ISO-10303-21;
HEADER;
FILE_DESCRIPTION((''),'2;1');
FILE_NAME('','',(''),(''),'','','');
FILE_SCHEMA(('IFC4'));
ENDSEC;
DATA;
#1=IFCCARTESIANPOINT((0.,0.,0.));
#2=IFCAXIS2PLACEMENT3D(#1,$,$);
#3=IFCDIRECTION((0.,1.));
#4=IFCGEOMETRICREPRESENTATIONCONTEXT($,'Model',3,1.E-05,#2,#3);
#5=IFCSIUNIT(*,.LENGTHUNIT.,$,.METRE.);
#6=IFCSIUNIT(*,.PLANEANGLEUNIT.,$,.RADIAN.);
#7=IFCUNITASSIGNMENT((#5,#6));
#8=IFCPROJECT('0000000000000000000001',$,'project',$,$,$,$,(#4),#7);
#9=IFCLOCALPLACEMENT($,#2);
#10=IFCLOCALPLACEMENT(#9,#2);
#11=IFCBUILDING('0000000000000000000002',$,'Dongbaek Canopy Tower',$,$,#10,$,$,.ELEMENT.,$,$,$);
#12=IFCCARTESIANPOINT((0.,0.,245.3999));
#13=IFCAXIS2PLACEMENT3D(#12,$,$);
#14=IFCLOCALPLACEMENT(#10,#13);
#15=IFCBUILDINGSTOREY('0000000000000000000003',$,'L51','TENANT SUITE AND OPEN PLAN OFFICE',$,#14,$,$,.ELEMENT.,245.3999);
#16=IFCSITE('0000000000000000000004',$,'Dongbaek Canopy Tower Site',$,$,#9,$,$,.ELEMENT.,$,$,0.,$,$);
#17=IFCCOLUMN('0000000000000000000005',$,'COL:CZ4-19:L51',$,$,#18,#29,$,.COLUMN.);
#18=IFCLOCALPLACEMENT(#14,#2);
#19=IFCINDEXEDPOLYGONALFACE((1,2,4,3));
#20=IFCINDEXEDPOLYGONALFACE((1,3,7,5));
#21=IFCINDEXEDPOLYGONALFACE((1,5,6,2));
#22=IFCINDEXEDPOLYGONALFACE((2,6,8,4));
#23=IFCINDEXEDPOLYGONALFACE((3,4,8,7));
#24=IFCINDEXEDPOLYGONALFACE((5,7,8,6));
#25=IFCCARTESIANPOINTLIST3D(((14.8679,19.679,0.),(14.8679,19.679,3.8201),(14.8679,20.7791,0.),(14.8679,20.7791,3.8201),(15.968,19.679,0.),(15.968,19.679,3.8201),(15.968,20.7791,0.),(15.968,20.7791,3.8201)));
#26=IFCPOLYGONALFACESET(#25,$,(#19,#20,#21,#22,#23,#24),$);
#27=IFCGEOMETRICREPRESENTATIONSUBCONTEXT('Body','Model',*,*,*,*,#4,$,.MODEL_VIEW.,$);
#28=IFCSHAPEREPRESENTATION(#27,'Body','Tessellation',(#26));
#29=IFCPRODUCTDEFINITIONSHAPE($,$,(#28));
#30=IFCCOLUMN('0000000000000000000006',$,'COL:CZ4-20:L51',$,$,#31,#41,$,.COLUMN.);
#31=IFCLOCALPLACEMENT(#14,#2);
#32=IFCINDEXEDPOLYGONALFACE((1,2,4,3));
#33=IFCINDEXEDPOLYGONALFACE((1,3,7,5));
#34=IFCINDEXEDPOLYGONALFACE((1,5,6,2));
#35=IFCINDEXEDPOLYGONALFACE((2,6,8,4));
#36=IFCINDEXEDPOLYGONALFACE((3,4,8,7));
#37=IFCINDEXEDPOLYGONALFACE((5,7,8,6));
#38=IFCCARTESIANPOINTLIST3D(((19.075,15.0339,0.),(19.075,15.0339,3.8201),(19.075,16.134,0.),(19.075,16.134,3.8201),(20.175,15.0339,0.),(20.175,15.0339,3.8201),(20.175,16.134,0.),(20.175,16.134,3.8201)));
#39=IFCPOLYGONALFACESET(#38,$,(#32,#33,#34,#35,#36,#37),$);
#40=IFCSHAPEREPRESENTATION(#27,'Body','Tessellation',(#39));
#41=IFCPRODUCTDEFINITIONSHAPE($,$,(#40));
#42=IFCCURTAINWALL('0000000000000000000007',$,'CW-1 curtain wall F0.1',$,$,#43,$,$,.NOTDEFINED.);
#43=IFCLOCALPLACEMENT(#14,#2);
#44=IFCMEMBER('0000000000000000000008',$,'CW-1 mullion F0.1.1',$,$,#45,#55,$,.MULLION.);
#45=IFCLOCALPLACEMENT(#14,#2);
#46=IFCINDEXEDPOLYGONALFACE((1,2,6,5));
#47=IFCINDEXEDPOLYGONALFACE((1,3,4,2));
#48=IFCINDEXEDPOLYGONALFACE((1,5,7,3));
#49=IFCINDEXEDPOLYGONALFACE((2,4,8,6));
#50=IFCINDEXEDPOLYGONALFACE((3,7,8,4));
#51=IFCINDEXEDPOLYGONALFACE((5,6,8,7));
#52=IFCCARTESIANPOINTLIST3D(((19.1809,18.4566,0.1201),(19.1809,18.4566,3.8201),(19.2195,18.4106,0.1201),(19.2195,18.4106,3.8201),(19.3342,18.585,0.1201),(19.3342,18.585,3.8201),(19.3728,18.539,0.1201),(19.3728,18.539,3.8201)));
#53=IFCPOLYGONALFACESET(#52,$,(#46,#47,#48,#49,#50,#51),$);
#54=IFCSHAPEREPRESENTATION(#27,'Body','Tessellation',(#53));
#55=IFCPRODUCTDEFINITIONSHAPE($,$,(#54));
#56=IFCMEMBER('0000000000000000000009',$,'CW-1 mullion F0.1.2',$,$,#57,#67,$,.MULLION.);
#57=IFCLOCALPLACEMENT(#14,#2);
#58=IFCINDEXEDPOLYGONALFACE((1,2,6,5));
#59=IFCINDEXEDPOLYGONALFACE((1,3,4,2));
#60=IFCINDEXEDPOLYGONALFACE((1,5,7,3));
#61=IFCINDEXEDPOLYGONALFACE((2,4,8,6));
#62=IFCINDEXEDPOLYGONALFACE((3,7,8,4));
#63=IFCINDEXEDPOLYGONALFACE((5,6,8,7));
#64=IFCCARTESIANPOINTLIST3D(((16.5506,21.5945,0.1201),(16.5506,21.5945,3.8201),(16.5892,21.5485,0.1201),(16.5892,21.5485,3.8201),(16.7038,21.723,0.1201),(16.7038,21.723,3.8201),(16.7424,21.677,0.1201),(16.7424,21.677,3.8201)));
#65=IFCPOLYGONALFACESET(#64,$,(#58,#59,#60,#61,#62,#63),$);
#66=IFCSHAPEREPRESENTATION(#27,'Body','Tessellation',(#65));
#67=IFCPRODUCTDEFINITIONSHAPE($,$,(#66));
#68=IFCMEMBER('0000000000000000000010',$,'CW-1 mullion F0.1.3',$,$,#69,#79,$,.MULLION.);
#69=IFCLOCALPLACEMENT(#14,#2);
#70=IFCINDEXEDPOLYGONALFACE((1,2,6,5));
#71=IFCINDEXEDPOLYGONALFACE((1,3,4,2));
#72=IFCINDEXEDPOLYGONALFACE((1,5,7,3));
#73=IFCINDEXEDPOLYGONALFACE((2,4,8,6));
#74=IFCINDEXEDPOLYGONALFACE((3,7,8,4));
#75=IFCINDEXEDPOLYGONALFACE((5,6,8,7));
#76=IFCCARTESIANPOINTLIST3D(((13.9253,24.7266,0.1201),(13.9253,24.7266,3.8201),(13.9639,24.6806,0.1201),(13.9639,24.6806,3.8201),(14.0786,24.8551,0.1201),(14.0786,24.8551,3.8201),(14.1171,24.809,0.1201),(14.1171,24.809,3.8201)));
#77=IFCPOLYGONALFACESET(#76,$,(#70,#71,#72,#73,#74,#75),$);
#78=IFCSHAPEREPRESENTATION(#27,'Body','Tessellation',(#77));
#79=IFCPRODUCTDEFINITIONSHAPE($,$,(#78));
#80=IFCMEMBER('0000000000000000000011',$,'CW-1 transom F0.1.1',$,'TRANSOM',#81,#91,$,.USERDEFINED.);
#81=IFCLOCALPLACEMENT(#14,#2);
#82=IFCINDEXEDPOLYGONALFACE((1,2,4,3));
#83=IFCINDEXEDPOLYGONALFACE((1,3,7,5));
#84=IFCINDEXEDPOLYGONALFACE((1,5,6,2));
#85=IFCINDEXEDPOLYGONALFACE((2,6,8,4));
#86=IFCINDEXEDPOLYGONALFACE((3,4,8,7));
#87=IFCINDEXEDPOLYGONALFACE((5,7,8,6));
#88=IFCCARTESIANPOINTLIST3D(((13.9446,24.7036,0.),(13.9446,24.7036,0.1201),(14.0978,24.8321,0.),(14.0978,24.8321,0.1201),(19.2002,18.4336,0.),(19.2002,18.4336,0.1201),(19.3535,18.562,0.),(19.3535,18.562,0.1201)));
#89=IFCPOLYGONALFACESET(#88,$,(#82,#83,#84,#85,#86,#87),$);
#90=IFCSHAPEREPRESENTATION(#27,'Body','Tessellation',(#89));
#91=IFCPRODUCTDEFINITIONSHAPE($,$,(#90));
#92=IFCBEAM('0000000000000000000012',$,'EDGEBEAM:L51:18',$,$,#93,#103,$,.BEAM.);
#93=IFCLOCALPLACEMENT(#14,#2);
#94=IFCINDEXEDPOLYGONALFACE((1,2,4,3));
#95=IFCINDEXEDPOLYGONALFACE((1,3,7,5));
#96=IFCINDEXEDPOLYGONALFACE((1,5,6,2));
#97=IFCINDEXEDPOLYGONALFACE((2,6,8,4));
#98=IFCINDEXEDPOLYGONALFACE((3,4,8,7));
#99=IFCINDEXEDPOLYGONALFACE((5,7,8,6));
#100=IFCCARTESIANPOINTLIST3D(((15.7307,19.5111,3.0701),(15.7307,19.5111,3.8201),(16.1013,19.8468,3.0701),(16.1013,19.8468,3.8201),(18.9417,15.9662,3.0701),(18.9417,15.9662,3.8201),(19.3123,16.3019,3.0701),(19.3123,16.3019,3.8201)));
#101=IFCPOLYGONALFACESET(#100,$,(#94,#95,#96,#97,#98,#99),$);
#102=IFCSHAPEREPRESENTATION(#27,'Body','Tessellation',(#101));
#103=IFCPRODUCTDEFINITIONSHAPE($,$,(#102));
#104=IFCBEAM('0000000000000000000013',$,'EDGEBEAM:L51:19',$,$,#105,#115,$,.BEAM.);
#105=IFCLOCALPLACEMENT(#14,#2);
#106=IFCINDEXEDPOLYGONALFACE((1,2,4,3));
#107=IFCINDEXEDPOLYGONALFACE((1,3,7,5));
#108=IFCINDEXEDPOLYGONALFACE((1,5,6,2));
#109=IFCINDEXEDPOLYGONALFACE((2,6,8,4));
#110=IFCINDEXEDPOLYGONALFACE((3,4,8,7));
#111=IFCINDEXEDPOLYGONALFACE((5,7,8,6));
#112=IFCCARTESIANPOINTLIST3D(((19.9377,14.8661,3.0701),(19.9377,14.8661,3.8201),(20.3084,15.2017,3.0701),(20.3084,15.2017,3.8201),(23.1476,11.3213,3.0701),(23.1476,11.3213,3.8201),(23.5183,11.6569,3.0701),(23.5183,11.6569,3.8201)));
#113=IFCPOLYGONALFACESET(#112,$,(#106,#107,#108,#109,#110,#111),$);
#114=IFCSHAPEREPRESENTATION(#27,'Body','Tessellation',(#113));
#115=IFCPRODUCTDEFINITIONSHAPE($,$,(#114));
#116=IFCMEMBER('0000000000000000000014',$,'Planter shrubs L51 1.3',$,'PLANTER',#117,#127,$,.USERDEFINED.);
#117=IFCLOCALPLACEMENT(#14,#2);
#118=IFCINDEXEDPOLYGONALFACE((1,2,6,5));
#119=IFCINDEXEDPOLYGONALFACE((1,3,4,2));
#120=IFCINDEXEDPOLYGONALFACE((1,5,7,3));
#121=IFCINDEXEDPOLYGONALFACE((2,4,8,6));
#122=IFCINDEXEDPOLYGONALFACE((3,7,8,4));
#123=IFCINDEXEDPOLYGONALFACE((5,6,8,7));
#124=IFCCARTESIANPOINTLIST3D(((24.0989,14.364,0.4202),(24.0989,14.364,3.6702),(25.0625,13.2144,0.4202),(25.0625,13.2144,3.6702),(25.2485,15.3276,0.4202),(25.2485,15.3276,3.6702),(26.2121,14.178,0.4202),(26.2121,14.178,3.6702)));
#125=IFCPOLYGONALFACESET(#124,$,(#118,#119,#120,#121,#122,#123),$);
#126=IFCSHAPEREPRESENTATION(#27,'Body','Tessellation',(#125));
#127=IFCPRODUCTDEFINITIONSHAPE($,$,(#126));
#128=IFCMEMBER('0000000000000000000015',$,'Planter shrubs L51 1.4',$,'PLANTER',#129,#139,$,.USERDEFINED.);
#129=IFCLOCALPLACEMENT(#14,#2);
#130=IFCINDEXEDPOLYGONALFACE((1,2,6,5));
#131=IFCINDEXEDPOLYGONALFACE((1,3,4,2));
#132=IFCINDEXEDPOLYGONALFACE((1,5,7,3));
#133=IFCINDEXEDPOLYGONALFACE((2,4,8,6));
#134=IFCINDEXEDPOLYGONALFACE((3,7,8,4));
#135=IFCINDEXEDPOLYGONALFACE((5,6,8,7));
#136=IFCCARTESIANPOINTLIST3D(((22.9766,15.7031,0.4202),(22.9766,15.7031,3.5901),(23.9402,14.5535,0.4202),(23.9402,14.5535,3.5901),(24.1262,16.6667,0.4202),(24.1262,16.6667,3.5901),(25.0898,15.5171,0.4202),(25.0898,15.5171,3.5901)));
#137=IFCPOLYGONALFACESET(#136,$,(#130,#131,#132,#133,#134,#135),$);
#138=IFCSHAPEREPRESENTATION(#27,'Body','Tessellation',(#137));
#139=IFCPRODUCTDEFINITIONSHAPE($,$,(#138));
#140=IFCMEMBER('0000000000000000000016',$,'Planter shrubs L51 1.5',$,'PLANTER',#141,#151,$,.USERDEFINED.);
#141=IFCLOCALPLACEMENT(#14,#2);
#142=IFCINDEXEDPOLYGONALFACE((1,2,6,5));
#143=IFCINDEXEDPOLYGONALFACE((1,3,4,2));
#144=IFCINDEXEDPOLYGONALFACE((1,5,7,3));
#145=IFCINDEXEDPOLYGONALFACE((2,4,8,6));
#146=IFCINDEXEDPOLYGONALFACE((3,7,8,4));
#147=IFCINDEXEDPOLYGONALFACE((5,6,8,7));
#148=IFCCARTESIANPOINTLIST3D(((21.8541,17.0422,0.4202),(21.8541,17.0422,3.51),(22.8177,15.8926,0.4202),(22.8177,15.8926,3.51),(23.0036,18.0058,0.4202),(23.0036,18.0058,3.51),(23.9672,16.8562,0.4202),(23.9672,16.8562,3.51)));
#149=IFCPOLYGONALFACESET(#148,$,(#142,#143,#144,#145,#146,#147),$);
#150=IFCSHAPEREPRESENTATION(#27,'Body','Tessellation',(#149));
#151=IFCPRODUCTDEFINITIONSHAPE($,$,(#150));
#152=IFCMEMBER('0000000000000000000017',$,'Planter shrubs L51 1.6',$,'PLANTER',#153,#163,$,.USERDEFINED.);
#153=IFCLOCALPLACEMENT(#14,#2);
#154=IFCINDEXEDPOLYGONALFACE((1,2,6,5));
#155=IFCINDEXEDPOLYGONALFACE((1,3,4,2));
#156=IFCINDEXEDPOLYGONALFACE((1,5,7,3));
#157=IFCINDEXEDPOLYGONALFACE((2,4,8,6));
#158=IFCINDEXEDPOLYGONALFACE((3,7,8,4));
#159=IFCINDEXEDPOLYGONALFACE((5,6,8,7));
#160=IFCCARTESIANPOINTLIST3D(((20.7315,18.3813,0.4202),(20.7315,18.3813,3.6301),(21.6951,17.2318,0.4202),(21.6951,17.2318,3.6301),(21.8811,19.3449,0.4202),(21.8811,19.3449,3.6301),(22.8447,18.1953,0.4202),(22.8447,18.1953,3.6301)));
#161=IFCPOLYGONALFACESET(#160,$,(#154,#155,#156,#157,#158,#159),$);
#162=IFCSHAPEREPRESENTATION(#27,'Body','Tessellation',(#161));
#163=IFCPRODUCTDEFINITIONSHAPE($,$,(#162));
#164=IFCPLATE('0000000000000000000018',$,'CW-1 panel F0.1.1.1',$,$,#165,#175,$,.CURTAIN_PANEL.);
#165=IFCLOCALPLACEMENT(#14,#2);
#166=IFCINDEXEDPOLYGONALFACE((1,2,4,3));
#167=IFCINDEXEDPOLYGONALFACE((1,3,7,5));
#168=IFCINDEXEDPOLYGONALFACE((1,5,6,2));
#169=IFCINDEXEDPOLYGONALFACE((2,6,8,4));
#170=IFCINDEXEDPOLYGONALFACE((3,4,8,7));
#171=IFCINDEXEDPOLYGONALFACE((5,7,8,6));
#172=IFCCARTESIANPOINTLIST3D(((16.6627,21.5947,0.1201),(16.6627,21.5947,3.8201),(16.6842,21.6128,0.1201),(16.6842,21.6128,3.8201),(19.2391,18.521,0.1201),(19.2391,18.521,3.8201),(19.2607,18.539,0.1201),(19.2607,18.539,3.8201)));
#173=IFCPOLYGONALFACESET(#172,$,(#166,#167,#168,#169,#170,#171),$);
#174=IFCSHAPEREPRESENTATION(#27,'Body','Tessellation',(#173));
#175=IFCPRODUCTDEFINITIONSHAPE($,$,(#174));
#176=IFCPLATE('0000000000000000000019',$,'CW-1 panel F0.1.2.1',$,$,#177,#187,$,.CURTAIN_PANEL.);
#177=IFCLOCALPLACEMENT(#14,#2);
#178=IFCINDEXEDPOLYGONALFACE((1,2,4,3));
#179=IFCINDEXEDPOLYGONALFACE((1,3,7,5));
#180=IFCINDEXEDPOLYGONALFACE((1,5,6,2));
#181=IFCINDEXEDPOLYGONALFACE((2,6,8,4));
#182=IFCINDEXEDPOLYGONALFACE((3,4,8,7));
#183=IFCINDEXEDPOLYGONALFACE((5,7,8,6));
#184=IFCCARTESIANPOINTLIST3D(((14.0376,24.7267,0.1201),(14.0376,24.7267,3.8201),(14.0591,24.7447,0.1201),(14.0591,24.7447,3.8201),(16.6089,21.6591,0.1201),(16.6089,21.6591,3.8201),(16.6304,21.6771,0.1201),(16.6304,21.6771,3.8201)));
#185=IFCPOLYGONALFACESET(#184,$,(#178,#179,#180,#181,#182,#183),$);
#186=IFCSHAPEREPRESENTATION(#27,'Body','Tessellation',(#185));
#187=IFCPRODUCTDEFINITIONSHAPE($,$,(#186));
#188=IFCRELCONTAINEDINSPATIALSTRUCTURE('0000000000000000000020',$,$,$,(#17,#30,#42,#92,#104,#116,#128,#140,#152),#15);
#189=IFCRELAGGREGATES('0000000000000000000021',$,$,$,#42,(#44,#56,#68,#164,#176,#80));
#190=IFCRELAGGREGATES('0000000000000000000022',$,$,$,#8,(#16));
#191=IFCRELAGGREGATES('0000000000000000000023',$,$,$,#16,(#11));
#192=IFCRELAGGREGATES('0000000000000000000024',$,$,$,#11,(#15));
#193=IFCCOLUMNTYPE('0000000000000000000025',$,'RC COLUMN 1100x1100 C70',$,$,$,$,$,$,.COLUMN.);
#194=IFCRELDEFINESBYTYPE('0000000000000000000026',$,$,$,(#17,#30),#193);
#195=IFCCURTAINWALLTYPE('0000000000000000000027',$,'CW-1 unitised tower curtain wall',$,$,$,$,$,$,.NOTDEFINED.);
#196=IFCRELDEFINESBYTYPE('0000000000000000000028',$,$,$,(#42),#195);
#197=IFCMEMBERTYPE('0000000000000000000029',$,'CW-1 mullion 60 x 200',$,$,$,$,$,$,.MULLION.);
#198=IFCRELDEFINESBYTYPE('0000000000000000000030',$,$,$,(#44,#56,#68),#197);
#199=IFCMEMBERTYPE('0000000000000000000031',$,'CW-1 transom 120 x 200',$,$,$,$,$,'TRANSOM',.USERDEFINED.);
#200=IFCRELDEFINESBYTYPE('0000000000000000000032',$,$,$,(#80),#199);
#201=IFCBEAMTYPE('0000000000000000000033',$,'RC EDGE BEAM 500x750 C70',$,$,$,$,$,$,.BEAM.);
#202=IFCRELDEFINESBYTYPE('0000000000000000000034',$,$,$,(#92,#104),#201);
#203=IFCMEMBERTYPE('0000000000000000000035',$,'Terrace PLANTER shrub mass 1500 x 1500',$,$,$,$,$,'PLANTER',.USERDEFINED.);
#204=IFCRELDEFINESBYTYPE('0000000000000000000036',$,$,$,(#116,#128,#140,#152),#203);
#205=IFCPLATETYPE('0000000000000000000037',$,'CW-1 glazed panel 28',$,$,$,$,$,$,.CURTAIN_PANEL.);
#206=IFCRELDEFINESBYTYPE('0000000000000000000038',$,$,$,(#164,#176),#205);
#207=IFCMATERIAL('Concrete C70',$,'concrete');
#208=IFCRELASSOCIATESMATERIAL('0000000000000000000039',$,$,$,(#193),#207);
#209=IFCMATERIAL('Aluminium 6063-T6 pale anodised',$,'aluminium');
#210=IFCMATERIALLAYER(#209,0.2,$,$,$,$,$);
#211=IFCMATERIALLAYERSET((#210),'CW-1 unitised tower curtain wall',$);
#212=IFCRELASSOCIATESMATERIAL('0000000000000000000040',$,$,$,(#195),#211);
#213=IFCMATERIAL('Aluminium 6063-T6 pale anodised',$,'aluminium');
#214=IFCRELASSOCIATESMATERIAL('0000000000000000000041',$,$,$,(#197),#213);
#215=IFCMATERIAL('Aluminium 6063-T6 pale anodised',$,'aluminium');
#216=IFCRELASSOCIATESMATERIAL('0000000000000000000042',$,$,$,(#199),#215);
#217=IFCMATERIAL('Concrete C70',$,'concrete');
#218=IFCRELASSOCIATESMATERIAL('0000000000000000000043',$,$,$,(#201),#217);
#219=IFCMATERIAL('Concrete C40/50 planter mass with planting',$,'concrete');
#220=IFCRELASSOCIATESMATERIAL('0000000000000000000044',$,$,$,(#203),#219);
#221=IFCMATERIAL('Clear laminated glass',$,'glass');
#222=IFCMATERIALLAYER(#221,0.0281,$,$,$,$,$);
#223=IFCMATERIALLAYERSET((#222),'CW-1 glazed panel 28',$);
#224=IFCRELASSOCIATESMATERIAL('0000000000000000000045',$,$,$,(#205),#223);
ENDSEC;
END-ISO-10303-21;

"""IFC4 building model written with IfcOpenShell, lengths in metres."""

from ifc_helpers import new_model, si_unit, direction, frame, origin, origin_2d, place, context, subcontext, project, spatial, rectangle, extrude, material, layer, layer_set, material_profile, profile_set, type_object, element, aggregate, save


model = new_model("IFC4")

# Units and contexts
model_context = context("Model", 3, precision=1e-05, world=origin(), true_north=direction((0.0, 1.0)))
body_context = subcontext(model_context, "Body", "Model", "MODEL_VIEW")
ifc_project = project(units=[si_unit("LENGTHUNIT", "METRE"), si_unit("PLANEANGLEUNIT", "RADIAN")], contexts=[model_context])

# Site, building, storey
site_placement = place(None, origin())
site = spatial("IfcSite", under=ifc_project, at=site_placement, Name="Dongbaek Canopy Tower Site", CompositionType="ELEMENT", RefElevation=0.0)
building_placement = place(site_placement, origin())
building = spatial("IfcBuilding", under=site, at=building_placement, Name="Dongbaek Canopy Tower", CompositionType="ELEMENT")
storey_placement = place(building_placement, frame((0.0, 0.0, 245.3999)))
storey = spatial("IfcBuildingStorey", under=building, at=storey_placement, Name="L51", Description="TENANT SUITE AND OPEN PLAN OFFICE", CompositionType="ELEMENT", Elevation=245.3999)

# Columns
ifc_material_1 = material(Name="Concrete C70", Category="concrete")
ifc_material_profile_1 = material_profile(ifc_material_1, rectangle(XDim=1.1001, YDim=1.1001, at=origin_2d()), Name="RC COLUMN 1100x1100 C70")
ifc_profile_set_1 = profile_set([ifc_material_profile_1], Name="Concrete C70")
column_type = type_object("IfcColumnType", Name="RC COLUMN 1100x1100 C70", PredefinedType="COLUMN", material=ifc_profile_set_1)
for number, where, z_axis, x_axis, name in (
    (1, (15.418, 20.229, 0.0), (0.0, 0.0, 1.0), (1.0, 0.0, 0.0), "COL:CZ4-19:L51"),
    (2, (19.625, 15.584, 0.0), (0.0, 0.0, 1.0), (1.0, 0.0, 0.0), "COL:CZ4-20:L51"),
):
    element("IfcColumn", number, at=place(storey_placement, frame(where, z_axis=z_axis, x_axis=x_axis)), inside=storey, type_object=column_type, Name=name, PredefinedType="COLUMN", context=body_context, shape_type="SweptSolid", body=[
        extrude(rectangle(XDim=1.1001, YDim=1.1001, at=origin_2d()), origin(), (0.0, 0.0, 1.0), 3.8201),
    ])

# Curtain wall, members
ifc_material_2 = material(Name="Aluminium 6063-T6 pale anodised", Category="aluminium")
ifc_layer_1 = layer(ifc_material_2, 0.2)
ifc_layer_set_1 = layer_set([ifc_layer_1], Name="CW-1 unitised tower curtain wall")
curtain_wall_type = type_object("IfcCurtainWallType", Name="CW-1 unitised tower curtain wall", PredefinedType="NOTDEFINED", material=ifc_layer_set_1)
curtain_wall_1_placement = place(storey_placement, origin())
curtain_wall_1 = element("IfcCurtainWall", 3, at=curtain_wall_1_placement, inside=storey, type_object=curtain_wall_type, Name="CW-1 curtain wall F0.1", PredefinedType="NOTDEFINED")
ifc_material_3 = material(Name="Aluminium 6063-T6 pale anodised", Category="aluminium")
ifc_material_profile_2 = material_profile(ifc_material_3, rectangle(XDim=0.2, YDim=0.0601, at=origin_2d()), Name="CW-1 mullion 60 x 200")
ifc_profile_set_2 = profile_set([ifc_material_profile_2], Name="Aluminium 6063-T6 pale anodised")
member_type_1 = type_object("IfcMemberType", Name="CW-1 mullion 60 x 200", PredefinedType="MULLION", material=ifc_profile_set_2)
member_1_placement = place(storey_placement, frame((19.2769, 18.4978, 0.1201), z_axis=(0.0, 0.0, 1.0), x_axis=(0.766375, 0.642393, 0.0)))
member_1 = element("IfcMember", 4, at=member_1_placement, type_object=member_type_1, Name="CW-1 mullion F0.1.1", PredefinedType="MULLION", context=body_context, shape_type="SweptSolid", body=[
    extrude(rectangle(XDim=0.2, YDim=0.0601, at=origin_2d()), origin(), (0.0, 0.0, 1.0), 3.7),
])
member_2_placement = place(storey_placement, frame((16.6465, 21.6357, 0.1201), z_axis=(0.0, 0.0, 1.0), x_axis=(0.766375, 0.642393, 0.0)))
member_2 = element("IfcMember", 5, at=member_2_placement, type_object=member_type_1, Name="CW-1 mullion F0.1.2", PredefinedType="MULLION", context=body_context, shape_type="SweptSolid", body=[
    extrude(rectangle(XDim=0.2, YDim=0.0601, at=origin_2d()), origin(), (0.0, 0.0, 1.0), 3.7),
])
member_3_placement = place(storey_placement, frame((14.0212, 24.7678, 0.1201), z_axis=(0.0, 0.0, 1.0), x_axis=(0.766375, 0.642393, 0.0)))
member_3 = element("IfcMember", 6, at=member_3_placement, type_object=member_type_1, Name="CW-1 mullion F0.1.3", PredefinedType="MULLION", context=body_context, shape_type="SweptSolid", body=[
    extrude(rectangle(XDim=0.2, YDim=0.0601, at=origin_2d()), origin(), (0.0, 0.0, 1.0), 3.7),
])
ifc_material_4 = material(Name="Aluminium 6063-T6 pale anodised", Category="aluminium")
ifc_material_profile_3 = material_profile(ifc_material_4, rectangle(XDim=0.2, YDim=0.1201, at=origin_2d()), Name="CW-1 transom 120 x 200")
ifc_profile_set_3 = profile_set([ifc_material_profile_3], Name="Aluminium 6063-T6 pale anodised")
member_type_2 = type_object("IfcMemberType", Name="CW-1 transom 120 x 200", ElementType="TRANSOM", PredefinedType="USERDEFINED", material=ifc_profile_set_3)
member_4_placement = place(storey_placement, frame((19.2769, 18.4978, 0.0601), z_axis=(-0.642389, 0.766379, 0.0), x_axis=(-0.766379, -0.642389, 0.0)))
member_4 = element("IfcMember", 7, at=member_4_placement, type_object=member_type_2, Name="CW-1 transom F0.1.1", ObjectType="TRANSOM", PredefinedType="USERDEFINED", context=body_context, shape_type="SweptSolid", body=[
    extrude(rectangle(XDim=0.2, YDim=0.1201, at=origin_2d()), origin(), (0.0, 0.0, 1.0), 8.1814),
])

# Beams
ifc_material_5 = material(Name="Concrete C70", Category="concrete")
ifc_material_profile_4 = material_profile(ifc_material_5, rectangle(XDim=0.5, YDim=0.75, at=origin_2d()), Name="RC EDGE BEAM 500x750 C70")
ifc_profile_set_4 = profile_set([ifc_material_profile_4], Name="Concrete C70")
beam_type = type_object("IfcBeamType", Name="RC EDGE BEAM 500x750 C70", PredefinedType="BEAM", material=ifc_profile_set_4)
beam_1_placement = place(storey_placement, frame((15.916, 19.679, 3.4451), z_axis=(0.67133, -0.741158, 0.0), x_axis=(0.741158, 0.67133, 0.0)))
element("IfcBeam", 8, at=beam_1_placement, inside=storey, type_object=beam_type, Name="EDGEBEAM:L51:18", PredefinedType="BEAM", context=body_context, shape_type="SweptSolid", body=[
    extrude(rectangle(XDim=0.5, YDim=0.75, at=origin_2d()), origin(), (0.0, 0.0, 1.0), 4.783),
])
beam_2_placement = place(storey_placement, frame((20.123, 15.0339, 3.4451), z_axis=(0.671218, -0.74126, 0.0), x_axis=(0.74126, 0.671218, 0.0)))
element("IfcBeam", 9, at=beam_2_placement, inside=storey, type_object=beam_type, Name="EDGEBEAM:L51:19", PredefinedType="BEAM", context=body_context, shape_type="SweptSolid", body=[
    extrude(rectangle(XDim=0.5, YDim=0.75, at=origin_2d()), origin(), (0.0, 0.0, 1.0), 4.7822),
])

# Members
ifc_material_6 = material(Name="Concrete C40/50 planter mass with planting", Category="concrete")
ifc_material_profile_5 = material_profile(ifc_material_6, rectangle(XDim=1.5, YDim=1.5, at=origin_2d()), Name="Terrace PLANTER shrub mass 1500 x 1500")
ifc_profile_set_5 = profile_set([ifc_material_profile_5], Name="Concrete C40/50 planter mass with planting")
member_type_3 = type_object("IfcMemberType", Name="Terrace PLANTER shrub mass 1500 x 1500", ElementType="PLANTER", PredefinedType="USERDEFINED", material=ifc_profile_set_5)
member_5_placement = place(storey_placement, frame((25.1555, 14.271, 0.4202), z_axis=(0.0, 0.0, 1.0), x_axis=(0.766375, 0.642393, 0.0)))
element("IfcMember", 10, at=member_5_placement, inside=storey, type_object=member_type_3, Name="Planter shrubs L51 1.3", ObjectType="PLANTER", PredefinedType="USERDEFINED", context=body_context, shape_type="SweptSolid", body=[
    extrude(rectangle(XDim=1.5, YDim=1.5, at=origin_2d()), origin(), (0.0, 0.0, 1.0), 3.25),
])
member_6_placement = place(storey_placement, frame((24.0332, 15.6101, 0.4202), z_axis=(0.0, 0.0, 1.0), x_axis=(0.766375, 0.642393, 0.0)))
element("IfcMember", 11, at=member_6_placement, inside=storey, type_object=member_type_3, Name="Planter shrubs L51 1.4", ObjectType="PLANTER", PredefinedType="USERDEFINED", context=body_context, shape_type="SweptSolid", body=[
    extrude(rectangle(XDim=1.5, YDim=1.5, at=origin_2d()), origin(), (0.0, 0.0, 1.0), 3.1699),
])
member_7_placement = place(storey_placement, frame((22.9106, 16.9492, 0.4202), z_axis=(0.0, 0.0, 1.0), x_axis=(0.766375, 0.642393, 0.0)))
element("IfcMember", 12, at=member_7_placement, inside=storey, type_object=member_type_3, Name="Planter shrubs L51 1.5", ObjectType="PLANTER", PredefinedType="USERDEFINED", context=body_context, shape_type="SweptSolid", body=[
    extrude(rectangle(XDim=1.5, YDim=1.5, at=origin_2d()), origin(), (0.0, 0.0, 1.0), 3.0898),
])
member_8_placement = place(storey_placement, frame((21.7881, 18.2883, 0.4202), z_axis=(0.0, 0.0, 1.0), x_axis=(0.766375, 0.642393, 0.0)))
element("IfcMember", 13, at=member_8_placement, inside=storey, type_object=member_type_3, Name="Planter shrubs L51 1.6", ObjectType="PLANTER", PredefinedType="USERDEFINED", context=body_context, shape_type="SweptSolid", body=[
    extrude(rectangle(XDim=1.5, YDim=1.5, at=origin_2d()), origin(), (0.0, 0.0, 1.0), 3.21),
])

# Plates
ifc_material_7 = material(Name="Clear laminated glass", Category="glass")
ifc_layer_2 = layer(ifc_material_7, 0.0281)
ifc_layer_set_2 = layer_set([ifc_layer_2], Name="CW-1 glazed panel 28")
plate_type = type_object("IfcPlateType", Name="CW-1 glazed panel 28", PredefinedType="CURTAIN_PANEL", material=ifc_layer_set_2)
plate_1_placement = place(storey_placement, frame((17.9617, 20.0669, 0.1201), z_axis=(0.0, 0.0, 1.0), x_axis=(-0.642393, 0.766375, 0.0)))
plate_1 = element("IfcPlate", 14, at=plate_1_placement, type_object=plate_type, Name="CW-1 panel F0.1.1.1", PredefinedType="CURTAIN_PANEL", context=body_context, shape_type="SweptSolid", body=[
    extrude(rectangle(XDim=4.0107, YDim=0.0281, at=origin_2d()), origin(), (0.0, 0.0, 1.0), 3.7),
])
plate_2_placement = place(storey_placement, frame((15.334, 23.2019, 0.1201), z_axis=(0.0, 0.0, 1.0), x_axis=(-0.642393, 0.766375, 0.0)))
plate_2 = element("IfcPlate", 15, at=plate_2_placement, type_object=plate_type, Name="CW-1 panel F0.1.2.1", PredefinedType="CURTAIN_PANEL", context=body_context, shape_type="SweptSolid", body=[
    extrude(rectangle(XDim=4.0027, YDim=0.0281, at=origin_2d()), origin(), (0.0, 0.0, 1.0), 3.7),
])

aggregate(curtain_wall_1, [member_1, member_2, member_3, plate_1, plate_2, member_4])

save(model, "model.ifc")
